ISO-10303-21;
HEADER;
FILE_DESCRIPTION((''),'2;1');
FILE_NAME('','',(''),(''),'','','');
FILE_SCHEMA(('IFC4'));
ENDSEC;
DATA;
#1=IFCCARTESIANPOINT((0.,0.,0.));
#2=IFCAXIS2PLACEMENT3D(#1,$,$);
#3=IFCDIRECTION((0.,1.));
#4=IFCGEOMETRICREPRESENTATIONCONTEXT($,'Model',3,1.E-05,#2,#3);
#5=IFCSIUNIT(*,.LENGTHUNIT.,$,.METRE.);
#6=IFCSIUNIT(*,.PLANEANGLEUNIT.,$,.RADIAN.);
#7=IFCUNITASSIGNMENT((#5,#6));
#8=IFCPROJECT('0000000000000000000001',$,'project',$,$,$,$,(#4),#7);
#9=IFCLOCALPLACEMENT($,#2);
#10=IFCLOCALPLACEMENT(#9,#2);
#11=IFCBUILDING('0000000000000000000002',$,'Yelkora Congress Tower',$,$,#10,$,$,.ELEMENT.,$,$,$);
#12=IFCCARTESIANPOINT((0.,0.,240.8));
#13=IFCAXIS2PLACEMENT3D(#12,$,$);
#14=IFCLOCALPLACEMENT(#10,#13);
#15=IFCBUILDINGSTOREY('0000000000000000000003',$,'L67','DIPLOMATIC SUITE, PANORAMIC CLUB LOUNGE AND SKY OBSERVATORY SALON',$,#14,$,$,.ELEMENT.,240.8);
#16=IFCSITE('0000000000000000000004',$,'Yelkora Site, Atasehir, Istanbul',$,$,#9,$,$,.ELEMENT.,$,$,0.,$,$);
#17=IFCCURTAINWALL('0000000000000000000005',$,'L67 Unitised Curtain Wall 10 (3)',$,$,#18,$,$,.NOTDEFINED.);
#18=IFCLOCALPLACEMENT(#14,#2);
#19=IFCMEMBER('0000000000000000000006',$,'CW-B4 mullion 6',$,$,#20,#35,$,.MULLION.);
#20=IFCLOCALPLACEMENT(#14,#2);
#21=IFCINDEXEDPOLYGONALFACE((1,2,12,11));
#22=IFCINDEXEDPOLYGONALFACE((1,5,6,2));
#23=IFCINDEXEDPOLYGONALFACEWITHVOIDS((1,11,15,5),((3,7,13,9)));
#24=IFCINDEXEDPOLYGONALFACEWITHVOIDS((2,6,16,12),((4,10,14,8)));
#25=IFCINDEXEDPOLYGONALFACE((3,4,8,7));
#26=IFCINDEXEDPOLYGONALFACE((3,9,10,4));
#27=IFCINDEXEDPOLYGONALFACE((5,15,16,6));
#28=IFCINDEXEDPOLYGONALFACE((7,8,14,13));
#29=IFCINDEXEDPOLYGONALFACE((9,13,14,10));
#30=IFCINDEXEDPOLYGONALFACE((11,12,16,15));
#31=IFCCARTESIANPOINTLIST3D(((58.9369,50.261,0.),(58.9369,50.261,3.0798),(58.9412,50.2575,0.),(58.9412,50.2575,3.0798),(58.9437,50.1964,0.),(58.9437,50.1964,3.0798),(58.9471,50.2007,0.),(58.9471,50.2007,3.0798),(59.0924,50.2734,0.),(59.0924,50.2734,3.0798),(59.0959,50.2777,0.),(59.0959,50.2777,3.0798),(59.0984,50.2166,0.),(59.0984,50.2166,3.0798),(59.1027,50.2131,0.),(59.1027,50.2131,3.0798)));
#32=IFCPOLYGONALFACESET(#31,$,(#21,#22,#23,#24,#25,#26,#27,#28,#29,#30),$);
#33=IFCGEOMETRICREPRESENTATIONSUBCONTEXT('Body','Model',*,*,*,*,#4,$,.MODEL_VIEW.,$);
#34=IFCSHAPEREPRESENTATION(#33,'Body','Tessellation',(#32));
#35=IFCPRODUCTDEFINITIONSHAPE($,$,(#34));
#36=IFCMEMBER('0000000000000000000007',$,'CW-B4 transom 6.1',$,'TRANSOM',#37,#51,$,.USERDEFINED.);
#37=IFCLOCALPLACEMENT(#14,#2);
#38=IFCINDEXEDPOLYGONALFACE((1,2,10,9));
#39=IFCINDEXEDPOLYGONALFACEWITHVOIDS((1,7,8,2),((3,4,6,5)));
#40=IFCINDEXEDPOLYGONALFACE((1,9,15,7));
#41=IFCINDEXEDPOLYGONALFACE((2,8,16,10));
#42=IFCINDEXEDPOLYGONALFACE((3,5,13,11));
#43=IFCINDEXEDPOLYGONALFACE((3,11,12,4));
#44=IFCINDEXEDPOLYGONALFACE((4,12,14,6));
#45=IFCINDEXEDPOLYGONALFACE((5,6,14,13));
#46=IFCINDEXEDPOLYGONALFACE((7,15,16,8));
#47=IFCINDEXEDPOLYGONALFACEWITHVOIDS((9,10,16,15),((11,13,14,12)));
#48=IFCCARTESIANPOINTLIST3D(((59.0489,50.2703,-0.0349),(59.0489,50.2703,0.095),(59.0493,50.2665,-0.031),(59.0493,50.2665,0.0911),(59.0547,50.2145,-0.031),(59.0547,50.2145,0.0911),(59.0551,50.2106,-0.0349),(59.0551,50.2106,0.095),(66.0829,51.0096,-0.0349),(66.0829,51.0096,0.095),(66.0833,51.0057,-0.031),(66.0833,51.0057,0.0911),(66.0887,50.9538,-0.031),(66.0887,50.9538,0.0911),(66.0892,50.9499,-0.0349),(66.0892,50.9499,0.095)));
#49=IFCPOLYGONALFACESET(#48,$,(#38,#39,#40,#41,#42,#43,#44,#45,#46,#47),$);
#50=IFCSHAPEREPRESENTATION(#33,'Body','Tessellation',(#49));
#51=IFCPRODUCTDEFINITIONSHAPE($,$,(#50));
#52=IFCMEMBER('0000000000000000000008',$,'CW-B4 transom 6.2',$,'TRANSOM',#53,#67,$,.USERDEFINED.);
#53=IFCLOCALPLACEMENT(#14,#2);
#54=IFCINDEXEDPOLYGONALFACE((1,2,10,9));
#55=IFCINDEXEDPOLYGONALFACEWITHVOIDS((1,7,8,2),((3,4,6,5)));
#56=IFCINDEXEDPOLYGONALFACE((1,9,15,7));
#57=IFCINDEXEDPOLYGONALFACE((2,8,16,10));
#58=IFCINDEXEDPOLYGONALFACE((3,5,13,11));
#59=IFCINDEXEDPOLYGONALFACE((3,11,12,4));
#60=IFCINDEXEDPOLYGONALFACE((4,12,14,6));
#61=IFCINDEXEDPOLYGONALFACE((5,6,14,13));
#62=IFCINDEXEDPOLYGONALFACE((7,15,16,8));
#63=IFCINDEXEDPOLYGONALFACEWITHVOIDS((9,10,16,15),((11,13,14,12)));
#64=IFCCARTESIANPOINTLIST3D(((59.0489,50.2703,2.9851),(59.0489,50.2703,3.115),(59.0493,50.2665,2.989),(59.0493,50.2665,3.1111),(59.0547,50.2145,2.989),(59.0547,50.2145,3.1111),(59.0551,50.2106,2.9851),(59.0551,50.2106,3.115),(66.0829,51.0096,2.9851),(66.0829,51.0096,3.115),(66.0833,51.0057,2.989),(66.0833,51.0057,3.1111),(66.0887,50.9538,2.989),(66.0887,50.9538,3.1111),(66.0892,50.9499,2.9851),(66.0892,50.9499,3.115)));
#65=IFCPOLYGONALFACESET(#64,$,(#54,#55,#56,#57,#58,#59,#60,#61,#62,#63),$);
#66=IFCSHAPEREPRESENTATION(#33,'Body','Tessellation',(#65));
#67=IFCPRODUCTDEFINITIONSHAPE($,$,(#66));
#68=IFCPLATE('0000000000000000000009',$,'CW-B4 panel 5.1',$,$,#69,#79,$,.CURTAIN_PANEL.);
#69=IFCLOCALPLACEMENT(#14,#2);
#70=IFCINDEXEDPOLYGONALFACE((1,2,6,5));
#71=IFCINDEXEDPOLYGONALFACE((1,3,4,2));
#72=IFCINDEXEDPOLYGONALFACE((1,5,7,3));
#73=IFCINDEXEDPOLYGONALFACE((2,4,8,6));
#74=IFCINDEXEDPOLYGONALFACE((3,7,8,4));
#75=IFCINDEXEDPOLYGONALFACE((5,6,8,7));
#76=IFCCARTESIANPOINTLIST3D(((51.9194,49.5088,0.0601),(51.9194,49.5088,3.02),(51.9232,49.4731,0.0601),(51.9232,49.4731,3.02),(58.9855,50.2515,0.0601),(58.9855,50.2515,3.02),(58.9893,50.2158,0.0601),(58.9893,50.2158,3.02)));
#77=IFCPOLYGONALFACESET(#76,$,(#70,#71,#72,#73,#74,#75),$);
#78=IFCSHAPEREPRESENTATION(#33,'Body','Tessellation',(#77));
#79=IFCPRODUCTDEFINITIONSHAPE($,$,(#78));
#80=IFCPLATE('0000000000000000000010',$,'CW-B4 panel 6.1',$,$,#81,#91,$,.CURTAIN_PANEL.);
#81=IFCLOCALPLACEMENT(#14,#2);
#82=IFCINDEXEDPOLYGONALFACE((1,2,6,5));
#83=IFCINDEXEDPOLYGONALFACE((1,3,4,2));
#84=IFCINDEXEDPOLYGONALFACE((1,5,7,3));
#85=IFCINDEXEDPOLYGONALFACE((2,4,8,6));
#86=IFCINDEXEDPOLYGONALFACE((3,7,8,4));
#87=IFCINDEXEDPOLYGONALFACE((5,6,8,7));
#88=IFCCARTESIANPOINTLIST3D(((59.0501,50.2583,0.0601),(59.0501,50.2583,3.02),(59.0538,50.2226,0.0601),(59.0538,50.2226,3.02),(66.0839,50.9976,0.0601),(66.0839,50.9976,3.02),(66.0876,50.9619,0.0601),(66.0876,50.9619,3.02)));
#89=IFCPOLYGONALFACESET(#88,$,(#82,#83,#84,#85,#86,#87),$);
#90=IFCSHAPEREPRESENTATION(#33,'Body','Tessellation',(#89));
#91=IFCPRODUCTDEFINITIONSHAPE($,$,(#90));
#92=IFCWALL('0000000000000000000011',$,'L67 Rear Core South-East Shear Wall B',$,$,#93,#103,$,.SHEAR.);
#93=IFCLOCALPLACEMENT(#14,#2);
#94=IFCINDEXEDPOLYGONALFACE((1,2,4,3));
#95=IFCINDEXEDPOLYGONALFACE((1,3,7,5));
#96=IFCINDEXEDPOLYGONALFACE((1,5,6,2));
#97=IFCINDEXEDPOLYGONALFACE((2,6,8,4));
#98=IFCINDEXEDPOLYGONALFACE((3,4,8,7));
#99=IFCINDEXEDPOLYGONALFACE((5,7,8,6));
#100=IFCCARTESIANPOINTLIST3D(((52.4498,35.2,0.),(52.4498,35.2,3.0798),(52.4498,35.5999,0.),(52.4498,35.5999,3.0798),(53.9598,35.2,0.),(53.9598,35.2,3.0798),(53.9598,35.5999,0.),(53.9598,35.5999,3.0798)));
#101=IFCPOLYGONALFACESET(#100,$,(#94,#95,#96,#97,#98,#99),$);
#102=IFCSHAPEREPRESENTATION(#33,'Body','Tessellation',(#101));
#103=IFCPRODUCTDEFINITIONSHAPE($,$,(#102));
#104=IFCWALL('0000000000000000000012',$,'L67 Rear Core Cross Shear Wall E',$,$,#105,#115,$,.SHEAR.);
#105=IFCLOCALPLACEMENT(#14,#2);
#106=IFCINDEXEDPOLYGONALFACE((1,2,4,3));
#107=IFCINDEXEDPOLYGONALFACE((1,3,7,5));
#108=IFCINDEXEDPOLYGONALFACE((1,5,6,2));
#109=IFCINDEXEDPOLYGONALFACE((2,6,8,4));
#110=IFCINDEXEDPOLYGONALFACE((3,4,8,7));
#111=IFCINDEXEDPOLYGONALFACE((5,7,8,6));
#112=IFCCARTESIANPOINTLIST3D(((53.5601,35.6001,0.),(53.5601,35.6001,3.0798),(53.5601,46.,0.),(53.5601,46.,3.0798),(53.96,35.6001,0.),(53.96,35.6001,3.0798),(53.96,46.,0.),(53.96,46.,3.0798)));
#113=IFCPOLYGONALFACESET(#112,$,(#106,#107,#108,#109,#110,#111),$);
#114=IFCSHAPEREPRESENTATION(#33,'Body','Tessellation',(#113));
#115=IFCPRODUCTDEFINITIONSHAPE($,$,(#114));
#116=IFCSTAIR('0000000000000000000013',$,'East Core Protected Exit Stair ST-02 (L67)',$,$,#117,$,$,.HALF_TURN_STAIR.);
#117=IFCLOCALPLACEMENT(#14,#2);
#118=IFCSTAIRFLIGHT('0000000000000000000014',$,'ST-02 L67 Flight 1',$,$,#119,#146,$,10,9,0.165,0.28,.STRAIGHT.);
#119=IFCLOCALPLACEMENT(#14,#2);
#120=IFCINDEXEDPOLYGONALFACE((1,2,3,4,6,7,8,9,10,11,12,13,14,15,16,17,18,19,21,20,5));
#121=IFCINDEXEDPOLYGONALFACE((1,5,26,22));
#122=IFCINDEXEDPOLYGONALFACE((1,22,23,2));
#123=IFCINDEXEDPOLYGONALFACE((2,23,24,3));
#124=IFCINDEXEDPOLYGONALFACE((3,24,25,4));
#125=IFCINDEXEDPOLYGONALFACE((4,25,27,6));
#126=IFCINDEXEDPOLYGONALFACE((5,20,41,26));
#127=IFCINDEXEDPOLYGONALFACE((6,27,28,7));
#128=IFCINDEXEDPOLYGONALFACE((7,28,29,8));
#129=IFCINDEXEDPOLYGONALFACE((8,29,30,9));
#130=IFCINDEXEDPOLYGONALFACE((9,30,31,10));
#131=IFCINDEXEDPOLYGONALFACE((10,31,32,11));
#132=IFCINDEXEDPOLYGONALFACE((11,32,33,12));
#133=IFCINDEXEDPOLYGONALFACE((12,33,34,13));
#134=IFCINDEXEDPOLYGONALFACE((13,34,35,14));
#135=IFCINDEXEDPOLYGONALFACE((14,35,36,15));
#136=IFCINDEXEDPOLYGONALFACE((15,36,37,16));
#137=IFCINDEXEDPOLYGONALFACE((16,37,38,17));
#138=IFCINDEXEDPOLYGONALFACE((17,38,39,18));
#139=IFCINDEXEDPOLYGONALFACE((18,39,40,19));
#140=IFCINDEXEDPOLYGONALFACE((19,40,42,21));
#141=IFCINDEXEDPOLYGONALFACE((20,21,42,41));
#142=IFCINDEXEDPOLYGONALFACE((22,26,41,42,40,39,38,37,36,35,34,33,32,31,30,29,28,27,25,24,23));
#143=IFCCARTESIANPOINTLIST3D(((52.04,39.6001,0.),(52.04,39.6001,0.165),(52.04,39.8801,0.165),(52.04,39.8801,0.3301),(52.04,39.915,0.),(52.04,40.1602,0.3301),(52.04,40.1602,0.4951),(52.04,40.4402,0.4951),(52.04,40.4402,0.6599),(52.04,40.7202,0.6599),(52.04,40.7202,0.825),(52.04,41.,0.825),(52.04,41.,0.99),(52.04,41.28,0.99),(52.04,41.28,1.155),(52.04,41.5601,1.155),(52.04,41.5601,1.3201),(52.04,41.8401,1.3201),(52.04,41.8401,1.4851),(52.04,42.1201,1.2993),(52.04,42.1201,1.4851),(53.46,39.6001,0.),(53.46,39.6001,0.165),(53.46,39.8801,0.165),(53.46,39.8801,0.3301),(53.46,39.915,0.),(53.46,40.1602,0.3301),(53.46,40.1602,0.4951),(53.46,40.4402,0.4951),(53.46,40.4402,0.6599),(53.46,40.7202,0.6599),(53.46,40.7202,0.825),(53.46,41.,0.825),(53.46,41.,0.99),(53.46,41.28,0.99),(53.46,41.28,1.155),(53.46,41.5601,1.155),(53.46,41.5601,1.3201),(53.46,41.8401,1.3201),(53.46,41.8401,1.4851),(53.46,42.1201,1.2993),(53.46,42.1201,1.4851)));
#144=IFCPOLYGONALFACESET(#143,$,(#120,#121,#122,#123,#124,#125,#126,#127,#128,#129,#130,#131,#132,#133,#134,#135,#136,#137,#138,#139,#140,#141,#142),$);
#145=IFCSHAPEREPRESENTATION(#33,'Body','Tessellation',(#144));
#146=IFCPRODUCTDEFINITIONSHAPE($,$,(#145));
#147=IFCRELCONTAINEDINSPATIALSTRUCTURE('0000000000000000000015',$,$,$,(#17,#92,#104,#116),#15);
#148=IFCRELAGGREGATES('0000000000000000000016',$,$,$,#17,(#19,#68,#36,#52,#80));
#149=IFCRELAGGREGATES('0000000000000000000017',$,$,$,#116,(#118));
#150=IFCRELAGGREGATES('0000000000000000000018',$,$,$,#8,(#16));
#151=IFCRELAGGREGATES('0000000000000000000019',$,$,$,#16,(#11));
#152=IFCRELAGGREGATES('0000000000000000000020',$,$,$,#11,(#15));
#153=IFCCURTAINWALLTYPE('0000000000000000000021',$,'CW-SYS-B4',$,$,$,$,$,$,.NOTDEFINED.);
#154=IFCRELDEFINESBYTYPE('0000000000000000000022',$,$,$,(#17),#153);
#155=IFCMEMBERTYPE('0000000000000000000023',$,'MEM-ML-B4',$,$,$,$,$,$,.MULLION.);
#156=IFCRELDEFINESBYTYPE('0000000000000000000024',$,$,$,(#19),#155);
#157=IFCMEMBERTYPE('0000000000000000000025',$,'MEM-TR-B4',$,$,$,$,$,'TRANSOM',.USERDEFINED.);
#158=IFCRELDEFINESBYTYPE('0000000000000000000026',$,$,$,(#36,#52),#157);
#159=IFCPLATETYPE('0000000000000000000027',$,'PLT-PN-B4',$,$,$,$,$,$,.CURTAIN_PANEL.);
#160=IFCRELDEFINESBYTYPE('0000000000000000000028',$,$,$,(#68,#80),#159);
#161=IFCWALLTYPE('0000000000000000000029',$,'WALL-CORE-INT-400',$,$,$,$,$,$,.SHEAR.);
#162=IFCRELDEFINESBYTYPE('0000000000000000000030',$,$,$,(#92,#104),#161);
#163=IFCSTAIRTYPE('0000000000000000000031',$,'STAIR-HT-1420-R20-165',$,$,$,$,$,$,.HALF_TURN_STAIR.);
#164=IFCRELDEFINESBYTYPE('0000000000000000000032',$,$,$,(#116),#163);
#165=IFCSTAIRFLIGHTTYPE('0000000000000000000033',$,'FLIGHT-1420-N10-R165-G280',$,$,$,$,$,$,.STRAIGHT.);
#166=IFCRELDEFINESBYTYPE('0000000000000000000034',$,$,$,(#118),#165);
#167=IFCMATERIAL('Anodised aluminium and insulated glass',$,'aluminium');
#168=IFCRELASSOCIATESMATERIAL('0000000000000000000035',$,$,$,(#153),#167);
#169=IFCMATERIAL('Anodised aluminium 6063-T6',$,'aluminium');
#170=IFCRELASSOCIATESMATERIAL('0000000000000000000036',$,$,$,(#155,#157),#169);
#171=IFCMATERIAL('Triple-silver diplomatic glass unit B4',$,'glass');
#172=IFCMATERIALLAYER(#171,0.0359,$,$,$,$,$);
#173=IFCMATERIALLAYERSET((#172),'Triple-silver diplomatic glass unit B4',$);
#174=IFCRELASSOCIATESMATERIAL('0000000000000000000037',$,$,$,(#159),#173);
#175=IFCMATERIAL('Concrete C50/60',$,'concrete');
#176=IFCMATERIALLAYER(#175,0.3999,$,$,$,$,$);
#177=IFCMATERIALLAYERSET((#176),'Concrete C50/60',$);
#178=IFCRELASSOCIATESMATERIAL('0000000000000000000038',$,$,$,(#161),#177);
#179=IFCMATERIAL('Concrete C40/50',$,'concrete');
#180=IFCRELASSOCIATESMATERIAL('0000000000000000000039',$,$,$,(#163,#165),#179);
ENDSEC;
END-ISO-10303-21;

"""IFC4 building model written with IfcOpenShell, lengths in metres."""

from ifc_helpers import new_model, si_unit, direction, frame, frame_2d, origin, origin_2d, place, context, subcontext, project, spatial, polyline, rectangle, hollow_rectangle, outline, extrude, material, layer, layer_set, material_profile, profile_set, type_object, element, aggregate, save


model = new_model("IFC4")

# Units and contexts
model_context = context("Model", 3, precision=1e-05, world=origin(), true_north=direction((0.0, 1.0)))
body_context = subcontext(model_context, "Body", "Model", "MODEL_VIEW")
ifc_project = project(units=[si_unit("LENGTHUNIT", "METRE"), si_unit("PLANEANGLEUNIT", "RADIAN")], contexts=[model_context])

# Site, building, storey
site_placement = place(None, origin())
site = spatial("IfcSite", under=ifc_project, at=site_placement, Name="Yelkora Site, Atasehir, Istanbul", CompositionType="ELEMENT", RefElevation=0.0)
building_placement = place(site_placement, origin())
building = spatial("IfcBuilding", under=site, at=building_placement, Name="Yelkora Congress Tower", CompositionType="ELEMENT")
storey_placement = place(building_placement, frame((0.0, 0.0, 240.8)))
storey = spatial("IfcBuildingStorey", under=building, at=storey_placement, Name="L67", Description="DIPLOMATIC SUITE, PANORAMIC CLUB LOUNGE AND SKY OBSERVATORY SALON", CompositionType="ELEMENT", Elevation=240.8)

# Curtain wall, members, plates
ifc_material_1 = material(Name="Anodised aluminium and insulated glass", Category="aluminium")
curtain_wall_type = type_object("IfcCurtainWallType", Name="CW-SYS-B4", PredefinedType="NOTDEFINED", material=ifc_material_1)
curtain_wall_placement = place(storey_placement, origin())
curtain_wall = element("IfcCurtainWall", 1, at=curtain_wall_placement, inside=storey, type_object=curtain_wall_type, Name="L67 Unitised Curtain Wall 10 (3)", PredefinedType="NOTDEFINED")
ifc_material_2 = material(Name="Anodised aluminium 6063-T6", Category="aluminium")
ifc_material_profile_1 = material_profile(ifc_material_2, hollow_rectangle(XDim=0.0649, YDim=0.1599, WallThickness=0.0039, at=origin_2d()), Name="ALU 65x160x4")
ifc_profile_set_1 = profile_set([ifc_material_profile_1], Name="Anodised aluminium 6063-T6")
member_type_1 = type_object("IfcMemberType", Name="MEM-ML-B4", PredefinedType="MULLION", material=ifc_profile_set_1)
member_1_placement = place(storey_placement, frame((59.0198, 50.2371, 0.0), z_axis=(0.0, 0.0, 1.0), x_axis=(-0.104528, 0.994522, 0.0)))
member_1 = element("IfcMember", 2, at=member_1_placement, type_object=member_type_1, Name="CW-B4 mullion 6", PredefinedType="MULLION", context=body_context, shape_type="SweptSolid", body=[
    extrude(hollow_rectangle(XDim=0.0649, YDim=0.1599, WallThickness=0.0039, at=origin_2d()), origin(), (0.0, 0.0, 1.0), 3.0798),
])
ifc_material_profile_2 = material_profile(ifc_material_2, hollow_rectangle(XDim=0.0601, YDim=0.1299, WallThickness=0.0039, at=origin_2d()), Name="ALU 60x130x4")
ifc_profile_set_2 = profile_set([ifc_material_profile_2], Name="Anodised aluminium 6063-T6")
member_type_2 = type_object("IfcMemberType", Name="MEM-TR-B4", ElementType="TRANSOM", PredefinedType="USERDEFINED", material=ifc_profile_set_2)
member_2_placement = place(storey_placement, frame((59.052, 50.2405, 0.03), z_axis=(0.994522, 0.104523, 0.0), x_axis=(-0.104523, 0.994522, 0.0)))
member_2 = element("IfcMember", 3, at=member_2_placement, type_object=member_type_2, Name="CW-B4 transom 6.1", ObjectType="TRANSOM", PredefinedType="USERDEFINED", context=body_context, shape_type="SweptSolid", body=[
    extrude(hollow_rectangle(XDim=0.0601, YDim=0.1299, WallThickness=0.0039, at=origin_2d()), origin(), (0.0, 0.0, 1.0), 7.0728),
])
member_3_placement = place(storey_placement, frame((59.052, 50.2405, 3.05), z_axis=(0.994522, 0.104523, 0.0), x_axis=(-0.104523, 0.994522, 0.0)))
member_3 = element("IfcMember", 4, at=member_3_placement, type_object=member_type_2, Name="CW-B4 transom 6.2", ObjectType="TRANSOM", PredefinedType="USERDEFINED", context=body_context, shape_type="SweptSolid", body=[
    extrude(hollow_rectangle(XDim=0.0601, YDim=0.1299, WallThickness=0.0039, at=origin_2d()), origin(), (0.0, 0.0, 1.0), 7.0728),
])
ifc_material_3 = material(Name="Triple-silver diplomatic glass unit B4", Category="glass")
ifc_layer_1 = layer(ifc_material_3, 0.0359)
ifc_layer_set_1 = layer_set([ifc_layer_1], Name="Triple-silver diplomatic glass unit B4")
plate_type = type_object("IfcPlateType", Name="PLT-PN-B4", PredefinedType="CURTAIN_PANEL", material=ifc_layer_set_1)
plate_1_placement = place(storey_placement, frame((55.4543, 49.8623, 0.0601), z_axis=(0.0, 0.0, 1.0), x_axis=(0.994522, 0.104528, 0.0)))
plate_1 = element("IfcPlate", 5, at=plate_1_placement, type_object=plate_type, Name="CW-B4 panel 5.1", PredefinedType="CURTAIN_PANEL", context=body_context, shape_type="SweptSolid", body=[
    extrude(rectangle(XDim=7.105, YDim=0.0359, at=origin_2d()), origin(), (0.0, 0.0, 1.0), 2.96),
])
plate_2_placement = place(storey_placement, frame((62.5688, 50.6101, 0.0601), z_axis=(0.0, 0.0, 1.0), x_axis=(0.994522, 0.104528, 0.0)))
plate_2 = element("IfcPlate", 6, at=plate_2_placement, type_object=plate_type, Name="CW-B4 panel 6.1", PredefinedType="CURTAIN_PANEL", context=body_context, shape_type="SweptSolid", body=[
    extrude(rectangle(XDim=7.0725, YDim=0.0359, at=origin_2d()), origin(), (0.0, 0.0, 1.0), 2.96),
])
aggregate(curtain_wall, [member_1, plate_1, member_2, member_3, plate_2])

# Walls
ifc_material_4 = material(Name="Concrete C50/60", Category="concrete")
ifc_layer_2 = layer(ifc_material_4, 0.3999)
ifc_layer_set_2 = layer_set([ifc_layer_2], Name="Concrete C50/60")
wall_type = type_object("IfcWallType", Name="WALL-CORE-INT-400", PredefinedType="SHEAR", material=ifc_layer_set_2)
wall_1_placement = place(storey_placement, frame((52.45, 35.3999, 0.0), z_axis=(0.0, 0.0, 1.0), x_axis=(1.0, 0.0, 0.0)))
element("IfcWall", 7, at=wall_1_placement, inside=storey, type_object=wall_type, Name="L67 Rear Core South-East Shear Wall B", PredefinedType="SHEAR", context=body_context, shape_type="SweptSolid", body=[
    extrude(rectangle(XDim=1.51, YDim=0.3999, at=frame_2d((0.7549, 0.0))), origin(), (0.0, 0.0, 1.0), 3.0798),
])
wall_2_placement = place(storey_placement, frame((53.76, 35.6001, 0.0), z_axis=(0.0, 0.0, 1.0), x_axis=(0.0, 1.0, 0.0)))
element("IfcWall", 8, at=wall_2_placement, inside=storey, type_object=wall_type, Name="L67 Rear Core Cross Shear Wall E", PredefinedType="SHEAR", context=body_context, shape_type="SweptSolid", body=[
    extrude(rectangle(XDim=10.3999, YDim=0.3999, at=frame_2d((5.2, 0.0))), origin(), (0.0, 0.0, 1.0), 3.0798),
])

# Stair, stair flight
ifc_material_5 = material(Name="Concrete C40/50", Category="concrete")
stair_type = type_object("IfcStairType", Name="STAIR-HT-1420-R20-165", PredefinedType="HALF_TURN_STAIR", material=ifc_material_5)
stair_placement = place(storey_placement, origin())
stair = element("IfcStair", 9, at=stair_placement, inside=storey, type_object=stair_type, Name="East Core Protected Exit Stair ST-02 (L67)", PredefinedType="HALF_TURN_STAIR")
stair_flight_type = type_object("IfcStairFlightType", Name="FLIGHT-1420-N10-R165-G280", PredefinedType="STRAIGHT", material=ifc_material_5)
stair_flight_placement = place(storey_placement, frame((52.75, 39.6001, 0.0), z_axis=(0.0, 0.0, 1.0), x_axis=(0.0, 1.0, 0.0)))
stair_flight = element("IfcStairFlight", 10, at=stair_flight_placement, type_object=stair_flight_type, Name="ST-02 L67 Flight 1", NumberOfRisers=10, NumberOfTreads=9, PredefinedType="STRAIGHT", RiserHeight=0.165, TreadLength=0.28, context=body_context, shape_type="SweptSolid", body=[
    extrude(outline(polyline([(0.0, 0.0), (0.0, 0.165), (0.28, 0.165), (0.28, 0.3301), (0.5601, 0.3301), (0.5601, 0.4951), (0.8401, 0.4951), (0.8401, 0.6599), (1.1201, 0.6599), (1.1201, 0.825), (1.3999, 0.825), (1.3999, 0.99), (1.6799, 0.99), (1.6799, 1.155), (1.96, 1.155), (1.96, 1.3201), (2.24, 1.3201), (2.24, 1.4851), (2.52, 1.4851), (2.52, 1.6499), (2.52, 1.2993), (0.3149, 0.0), (0.0, 0.0)])), frame((0.0, 0.71, 0.0), z_axis=(0.0, -1.0, 0.0), x_axis=(1.0, 0.0, 0.0)), (0.0, 0.0, 1.0), 1.4199),
])
aggregate(stair, [stair_flight])

save(model, "model.ifc")
